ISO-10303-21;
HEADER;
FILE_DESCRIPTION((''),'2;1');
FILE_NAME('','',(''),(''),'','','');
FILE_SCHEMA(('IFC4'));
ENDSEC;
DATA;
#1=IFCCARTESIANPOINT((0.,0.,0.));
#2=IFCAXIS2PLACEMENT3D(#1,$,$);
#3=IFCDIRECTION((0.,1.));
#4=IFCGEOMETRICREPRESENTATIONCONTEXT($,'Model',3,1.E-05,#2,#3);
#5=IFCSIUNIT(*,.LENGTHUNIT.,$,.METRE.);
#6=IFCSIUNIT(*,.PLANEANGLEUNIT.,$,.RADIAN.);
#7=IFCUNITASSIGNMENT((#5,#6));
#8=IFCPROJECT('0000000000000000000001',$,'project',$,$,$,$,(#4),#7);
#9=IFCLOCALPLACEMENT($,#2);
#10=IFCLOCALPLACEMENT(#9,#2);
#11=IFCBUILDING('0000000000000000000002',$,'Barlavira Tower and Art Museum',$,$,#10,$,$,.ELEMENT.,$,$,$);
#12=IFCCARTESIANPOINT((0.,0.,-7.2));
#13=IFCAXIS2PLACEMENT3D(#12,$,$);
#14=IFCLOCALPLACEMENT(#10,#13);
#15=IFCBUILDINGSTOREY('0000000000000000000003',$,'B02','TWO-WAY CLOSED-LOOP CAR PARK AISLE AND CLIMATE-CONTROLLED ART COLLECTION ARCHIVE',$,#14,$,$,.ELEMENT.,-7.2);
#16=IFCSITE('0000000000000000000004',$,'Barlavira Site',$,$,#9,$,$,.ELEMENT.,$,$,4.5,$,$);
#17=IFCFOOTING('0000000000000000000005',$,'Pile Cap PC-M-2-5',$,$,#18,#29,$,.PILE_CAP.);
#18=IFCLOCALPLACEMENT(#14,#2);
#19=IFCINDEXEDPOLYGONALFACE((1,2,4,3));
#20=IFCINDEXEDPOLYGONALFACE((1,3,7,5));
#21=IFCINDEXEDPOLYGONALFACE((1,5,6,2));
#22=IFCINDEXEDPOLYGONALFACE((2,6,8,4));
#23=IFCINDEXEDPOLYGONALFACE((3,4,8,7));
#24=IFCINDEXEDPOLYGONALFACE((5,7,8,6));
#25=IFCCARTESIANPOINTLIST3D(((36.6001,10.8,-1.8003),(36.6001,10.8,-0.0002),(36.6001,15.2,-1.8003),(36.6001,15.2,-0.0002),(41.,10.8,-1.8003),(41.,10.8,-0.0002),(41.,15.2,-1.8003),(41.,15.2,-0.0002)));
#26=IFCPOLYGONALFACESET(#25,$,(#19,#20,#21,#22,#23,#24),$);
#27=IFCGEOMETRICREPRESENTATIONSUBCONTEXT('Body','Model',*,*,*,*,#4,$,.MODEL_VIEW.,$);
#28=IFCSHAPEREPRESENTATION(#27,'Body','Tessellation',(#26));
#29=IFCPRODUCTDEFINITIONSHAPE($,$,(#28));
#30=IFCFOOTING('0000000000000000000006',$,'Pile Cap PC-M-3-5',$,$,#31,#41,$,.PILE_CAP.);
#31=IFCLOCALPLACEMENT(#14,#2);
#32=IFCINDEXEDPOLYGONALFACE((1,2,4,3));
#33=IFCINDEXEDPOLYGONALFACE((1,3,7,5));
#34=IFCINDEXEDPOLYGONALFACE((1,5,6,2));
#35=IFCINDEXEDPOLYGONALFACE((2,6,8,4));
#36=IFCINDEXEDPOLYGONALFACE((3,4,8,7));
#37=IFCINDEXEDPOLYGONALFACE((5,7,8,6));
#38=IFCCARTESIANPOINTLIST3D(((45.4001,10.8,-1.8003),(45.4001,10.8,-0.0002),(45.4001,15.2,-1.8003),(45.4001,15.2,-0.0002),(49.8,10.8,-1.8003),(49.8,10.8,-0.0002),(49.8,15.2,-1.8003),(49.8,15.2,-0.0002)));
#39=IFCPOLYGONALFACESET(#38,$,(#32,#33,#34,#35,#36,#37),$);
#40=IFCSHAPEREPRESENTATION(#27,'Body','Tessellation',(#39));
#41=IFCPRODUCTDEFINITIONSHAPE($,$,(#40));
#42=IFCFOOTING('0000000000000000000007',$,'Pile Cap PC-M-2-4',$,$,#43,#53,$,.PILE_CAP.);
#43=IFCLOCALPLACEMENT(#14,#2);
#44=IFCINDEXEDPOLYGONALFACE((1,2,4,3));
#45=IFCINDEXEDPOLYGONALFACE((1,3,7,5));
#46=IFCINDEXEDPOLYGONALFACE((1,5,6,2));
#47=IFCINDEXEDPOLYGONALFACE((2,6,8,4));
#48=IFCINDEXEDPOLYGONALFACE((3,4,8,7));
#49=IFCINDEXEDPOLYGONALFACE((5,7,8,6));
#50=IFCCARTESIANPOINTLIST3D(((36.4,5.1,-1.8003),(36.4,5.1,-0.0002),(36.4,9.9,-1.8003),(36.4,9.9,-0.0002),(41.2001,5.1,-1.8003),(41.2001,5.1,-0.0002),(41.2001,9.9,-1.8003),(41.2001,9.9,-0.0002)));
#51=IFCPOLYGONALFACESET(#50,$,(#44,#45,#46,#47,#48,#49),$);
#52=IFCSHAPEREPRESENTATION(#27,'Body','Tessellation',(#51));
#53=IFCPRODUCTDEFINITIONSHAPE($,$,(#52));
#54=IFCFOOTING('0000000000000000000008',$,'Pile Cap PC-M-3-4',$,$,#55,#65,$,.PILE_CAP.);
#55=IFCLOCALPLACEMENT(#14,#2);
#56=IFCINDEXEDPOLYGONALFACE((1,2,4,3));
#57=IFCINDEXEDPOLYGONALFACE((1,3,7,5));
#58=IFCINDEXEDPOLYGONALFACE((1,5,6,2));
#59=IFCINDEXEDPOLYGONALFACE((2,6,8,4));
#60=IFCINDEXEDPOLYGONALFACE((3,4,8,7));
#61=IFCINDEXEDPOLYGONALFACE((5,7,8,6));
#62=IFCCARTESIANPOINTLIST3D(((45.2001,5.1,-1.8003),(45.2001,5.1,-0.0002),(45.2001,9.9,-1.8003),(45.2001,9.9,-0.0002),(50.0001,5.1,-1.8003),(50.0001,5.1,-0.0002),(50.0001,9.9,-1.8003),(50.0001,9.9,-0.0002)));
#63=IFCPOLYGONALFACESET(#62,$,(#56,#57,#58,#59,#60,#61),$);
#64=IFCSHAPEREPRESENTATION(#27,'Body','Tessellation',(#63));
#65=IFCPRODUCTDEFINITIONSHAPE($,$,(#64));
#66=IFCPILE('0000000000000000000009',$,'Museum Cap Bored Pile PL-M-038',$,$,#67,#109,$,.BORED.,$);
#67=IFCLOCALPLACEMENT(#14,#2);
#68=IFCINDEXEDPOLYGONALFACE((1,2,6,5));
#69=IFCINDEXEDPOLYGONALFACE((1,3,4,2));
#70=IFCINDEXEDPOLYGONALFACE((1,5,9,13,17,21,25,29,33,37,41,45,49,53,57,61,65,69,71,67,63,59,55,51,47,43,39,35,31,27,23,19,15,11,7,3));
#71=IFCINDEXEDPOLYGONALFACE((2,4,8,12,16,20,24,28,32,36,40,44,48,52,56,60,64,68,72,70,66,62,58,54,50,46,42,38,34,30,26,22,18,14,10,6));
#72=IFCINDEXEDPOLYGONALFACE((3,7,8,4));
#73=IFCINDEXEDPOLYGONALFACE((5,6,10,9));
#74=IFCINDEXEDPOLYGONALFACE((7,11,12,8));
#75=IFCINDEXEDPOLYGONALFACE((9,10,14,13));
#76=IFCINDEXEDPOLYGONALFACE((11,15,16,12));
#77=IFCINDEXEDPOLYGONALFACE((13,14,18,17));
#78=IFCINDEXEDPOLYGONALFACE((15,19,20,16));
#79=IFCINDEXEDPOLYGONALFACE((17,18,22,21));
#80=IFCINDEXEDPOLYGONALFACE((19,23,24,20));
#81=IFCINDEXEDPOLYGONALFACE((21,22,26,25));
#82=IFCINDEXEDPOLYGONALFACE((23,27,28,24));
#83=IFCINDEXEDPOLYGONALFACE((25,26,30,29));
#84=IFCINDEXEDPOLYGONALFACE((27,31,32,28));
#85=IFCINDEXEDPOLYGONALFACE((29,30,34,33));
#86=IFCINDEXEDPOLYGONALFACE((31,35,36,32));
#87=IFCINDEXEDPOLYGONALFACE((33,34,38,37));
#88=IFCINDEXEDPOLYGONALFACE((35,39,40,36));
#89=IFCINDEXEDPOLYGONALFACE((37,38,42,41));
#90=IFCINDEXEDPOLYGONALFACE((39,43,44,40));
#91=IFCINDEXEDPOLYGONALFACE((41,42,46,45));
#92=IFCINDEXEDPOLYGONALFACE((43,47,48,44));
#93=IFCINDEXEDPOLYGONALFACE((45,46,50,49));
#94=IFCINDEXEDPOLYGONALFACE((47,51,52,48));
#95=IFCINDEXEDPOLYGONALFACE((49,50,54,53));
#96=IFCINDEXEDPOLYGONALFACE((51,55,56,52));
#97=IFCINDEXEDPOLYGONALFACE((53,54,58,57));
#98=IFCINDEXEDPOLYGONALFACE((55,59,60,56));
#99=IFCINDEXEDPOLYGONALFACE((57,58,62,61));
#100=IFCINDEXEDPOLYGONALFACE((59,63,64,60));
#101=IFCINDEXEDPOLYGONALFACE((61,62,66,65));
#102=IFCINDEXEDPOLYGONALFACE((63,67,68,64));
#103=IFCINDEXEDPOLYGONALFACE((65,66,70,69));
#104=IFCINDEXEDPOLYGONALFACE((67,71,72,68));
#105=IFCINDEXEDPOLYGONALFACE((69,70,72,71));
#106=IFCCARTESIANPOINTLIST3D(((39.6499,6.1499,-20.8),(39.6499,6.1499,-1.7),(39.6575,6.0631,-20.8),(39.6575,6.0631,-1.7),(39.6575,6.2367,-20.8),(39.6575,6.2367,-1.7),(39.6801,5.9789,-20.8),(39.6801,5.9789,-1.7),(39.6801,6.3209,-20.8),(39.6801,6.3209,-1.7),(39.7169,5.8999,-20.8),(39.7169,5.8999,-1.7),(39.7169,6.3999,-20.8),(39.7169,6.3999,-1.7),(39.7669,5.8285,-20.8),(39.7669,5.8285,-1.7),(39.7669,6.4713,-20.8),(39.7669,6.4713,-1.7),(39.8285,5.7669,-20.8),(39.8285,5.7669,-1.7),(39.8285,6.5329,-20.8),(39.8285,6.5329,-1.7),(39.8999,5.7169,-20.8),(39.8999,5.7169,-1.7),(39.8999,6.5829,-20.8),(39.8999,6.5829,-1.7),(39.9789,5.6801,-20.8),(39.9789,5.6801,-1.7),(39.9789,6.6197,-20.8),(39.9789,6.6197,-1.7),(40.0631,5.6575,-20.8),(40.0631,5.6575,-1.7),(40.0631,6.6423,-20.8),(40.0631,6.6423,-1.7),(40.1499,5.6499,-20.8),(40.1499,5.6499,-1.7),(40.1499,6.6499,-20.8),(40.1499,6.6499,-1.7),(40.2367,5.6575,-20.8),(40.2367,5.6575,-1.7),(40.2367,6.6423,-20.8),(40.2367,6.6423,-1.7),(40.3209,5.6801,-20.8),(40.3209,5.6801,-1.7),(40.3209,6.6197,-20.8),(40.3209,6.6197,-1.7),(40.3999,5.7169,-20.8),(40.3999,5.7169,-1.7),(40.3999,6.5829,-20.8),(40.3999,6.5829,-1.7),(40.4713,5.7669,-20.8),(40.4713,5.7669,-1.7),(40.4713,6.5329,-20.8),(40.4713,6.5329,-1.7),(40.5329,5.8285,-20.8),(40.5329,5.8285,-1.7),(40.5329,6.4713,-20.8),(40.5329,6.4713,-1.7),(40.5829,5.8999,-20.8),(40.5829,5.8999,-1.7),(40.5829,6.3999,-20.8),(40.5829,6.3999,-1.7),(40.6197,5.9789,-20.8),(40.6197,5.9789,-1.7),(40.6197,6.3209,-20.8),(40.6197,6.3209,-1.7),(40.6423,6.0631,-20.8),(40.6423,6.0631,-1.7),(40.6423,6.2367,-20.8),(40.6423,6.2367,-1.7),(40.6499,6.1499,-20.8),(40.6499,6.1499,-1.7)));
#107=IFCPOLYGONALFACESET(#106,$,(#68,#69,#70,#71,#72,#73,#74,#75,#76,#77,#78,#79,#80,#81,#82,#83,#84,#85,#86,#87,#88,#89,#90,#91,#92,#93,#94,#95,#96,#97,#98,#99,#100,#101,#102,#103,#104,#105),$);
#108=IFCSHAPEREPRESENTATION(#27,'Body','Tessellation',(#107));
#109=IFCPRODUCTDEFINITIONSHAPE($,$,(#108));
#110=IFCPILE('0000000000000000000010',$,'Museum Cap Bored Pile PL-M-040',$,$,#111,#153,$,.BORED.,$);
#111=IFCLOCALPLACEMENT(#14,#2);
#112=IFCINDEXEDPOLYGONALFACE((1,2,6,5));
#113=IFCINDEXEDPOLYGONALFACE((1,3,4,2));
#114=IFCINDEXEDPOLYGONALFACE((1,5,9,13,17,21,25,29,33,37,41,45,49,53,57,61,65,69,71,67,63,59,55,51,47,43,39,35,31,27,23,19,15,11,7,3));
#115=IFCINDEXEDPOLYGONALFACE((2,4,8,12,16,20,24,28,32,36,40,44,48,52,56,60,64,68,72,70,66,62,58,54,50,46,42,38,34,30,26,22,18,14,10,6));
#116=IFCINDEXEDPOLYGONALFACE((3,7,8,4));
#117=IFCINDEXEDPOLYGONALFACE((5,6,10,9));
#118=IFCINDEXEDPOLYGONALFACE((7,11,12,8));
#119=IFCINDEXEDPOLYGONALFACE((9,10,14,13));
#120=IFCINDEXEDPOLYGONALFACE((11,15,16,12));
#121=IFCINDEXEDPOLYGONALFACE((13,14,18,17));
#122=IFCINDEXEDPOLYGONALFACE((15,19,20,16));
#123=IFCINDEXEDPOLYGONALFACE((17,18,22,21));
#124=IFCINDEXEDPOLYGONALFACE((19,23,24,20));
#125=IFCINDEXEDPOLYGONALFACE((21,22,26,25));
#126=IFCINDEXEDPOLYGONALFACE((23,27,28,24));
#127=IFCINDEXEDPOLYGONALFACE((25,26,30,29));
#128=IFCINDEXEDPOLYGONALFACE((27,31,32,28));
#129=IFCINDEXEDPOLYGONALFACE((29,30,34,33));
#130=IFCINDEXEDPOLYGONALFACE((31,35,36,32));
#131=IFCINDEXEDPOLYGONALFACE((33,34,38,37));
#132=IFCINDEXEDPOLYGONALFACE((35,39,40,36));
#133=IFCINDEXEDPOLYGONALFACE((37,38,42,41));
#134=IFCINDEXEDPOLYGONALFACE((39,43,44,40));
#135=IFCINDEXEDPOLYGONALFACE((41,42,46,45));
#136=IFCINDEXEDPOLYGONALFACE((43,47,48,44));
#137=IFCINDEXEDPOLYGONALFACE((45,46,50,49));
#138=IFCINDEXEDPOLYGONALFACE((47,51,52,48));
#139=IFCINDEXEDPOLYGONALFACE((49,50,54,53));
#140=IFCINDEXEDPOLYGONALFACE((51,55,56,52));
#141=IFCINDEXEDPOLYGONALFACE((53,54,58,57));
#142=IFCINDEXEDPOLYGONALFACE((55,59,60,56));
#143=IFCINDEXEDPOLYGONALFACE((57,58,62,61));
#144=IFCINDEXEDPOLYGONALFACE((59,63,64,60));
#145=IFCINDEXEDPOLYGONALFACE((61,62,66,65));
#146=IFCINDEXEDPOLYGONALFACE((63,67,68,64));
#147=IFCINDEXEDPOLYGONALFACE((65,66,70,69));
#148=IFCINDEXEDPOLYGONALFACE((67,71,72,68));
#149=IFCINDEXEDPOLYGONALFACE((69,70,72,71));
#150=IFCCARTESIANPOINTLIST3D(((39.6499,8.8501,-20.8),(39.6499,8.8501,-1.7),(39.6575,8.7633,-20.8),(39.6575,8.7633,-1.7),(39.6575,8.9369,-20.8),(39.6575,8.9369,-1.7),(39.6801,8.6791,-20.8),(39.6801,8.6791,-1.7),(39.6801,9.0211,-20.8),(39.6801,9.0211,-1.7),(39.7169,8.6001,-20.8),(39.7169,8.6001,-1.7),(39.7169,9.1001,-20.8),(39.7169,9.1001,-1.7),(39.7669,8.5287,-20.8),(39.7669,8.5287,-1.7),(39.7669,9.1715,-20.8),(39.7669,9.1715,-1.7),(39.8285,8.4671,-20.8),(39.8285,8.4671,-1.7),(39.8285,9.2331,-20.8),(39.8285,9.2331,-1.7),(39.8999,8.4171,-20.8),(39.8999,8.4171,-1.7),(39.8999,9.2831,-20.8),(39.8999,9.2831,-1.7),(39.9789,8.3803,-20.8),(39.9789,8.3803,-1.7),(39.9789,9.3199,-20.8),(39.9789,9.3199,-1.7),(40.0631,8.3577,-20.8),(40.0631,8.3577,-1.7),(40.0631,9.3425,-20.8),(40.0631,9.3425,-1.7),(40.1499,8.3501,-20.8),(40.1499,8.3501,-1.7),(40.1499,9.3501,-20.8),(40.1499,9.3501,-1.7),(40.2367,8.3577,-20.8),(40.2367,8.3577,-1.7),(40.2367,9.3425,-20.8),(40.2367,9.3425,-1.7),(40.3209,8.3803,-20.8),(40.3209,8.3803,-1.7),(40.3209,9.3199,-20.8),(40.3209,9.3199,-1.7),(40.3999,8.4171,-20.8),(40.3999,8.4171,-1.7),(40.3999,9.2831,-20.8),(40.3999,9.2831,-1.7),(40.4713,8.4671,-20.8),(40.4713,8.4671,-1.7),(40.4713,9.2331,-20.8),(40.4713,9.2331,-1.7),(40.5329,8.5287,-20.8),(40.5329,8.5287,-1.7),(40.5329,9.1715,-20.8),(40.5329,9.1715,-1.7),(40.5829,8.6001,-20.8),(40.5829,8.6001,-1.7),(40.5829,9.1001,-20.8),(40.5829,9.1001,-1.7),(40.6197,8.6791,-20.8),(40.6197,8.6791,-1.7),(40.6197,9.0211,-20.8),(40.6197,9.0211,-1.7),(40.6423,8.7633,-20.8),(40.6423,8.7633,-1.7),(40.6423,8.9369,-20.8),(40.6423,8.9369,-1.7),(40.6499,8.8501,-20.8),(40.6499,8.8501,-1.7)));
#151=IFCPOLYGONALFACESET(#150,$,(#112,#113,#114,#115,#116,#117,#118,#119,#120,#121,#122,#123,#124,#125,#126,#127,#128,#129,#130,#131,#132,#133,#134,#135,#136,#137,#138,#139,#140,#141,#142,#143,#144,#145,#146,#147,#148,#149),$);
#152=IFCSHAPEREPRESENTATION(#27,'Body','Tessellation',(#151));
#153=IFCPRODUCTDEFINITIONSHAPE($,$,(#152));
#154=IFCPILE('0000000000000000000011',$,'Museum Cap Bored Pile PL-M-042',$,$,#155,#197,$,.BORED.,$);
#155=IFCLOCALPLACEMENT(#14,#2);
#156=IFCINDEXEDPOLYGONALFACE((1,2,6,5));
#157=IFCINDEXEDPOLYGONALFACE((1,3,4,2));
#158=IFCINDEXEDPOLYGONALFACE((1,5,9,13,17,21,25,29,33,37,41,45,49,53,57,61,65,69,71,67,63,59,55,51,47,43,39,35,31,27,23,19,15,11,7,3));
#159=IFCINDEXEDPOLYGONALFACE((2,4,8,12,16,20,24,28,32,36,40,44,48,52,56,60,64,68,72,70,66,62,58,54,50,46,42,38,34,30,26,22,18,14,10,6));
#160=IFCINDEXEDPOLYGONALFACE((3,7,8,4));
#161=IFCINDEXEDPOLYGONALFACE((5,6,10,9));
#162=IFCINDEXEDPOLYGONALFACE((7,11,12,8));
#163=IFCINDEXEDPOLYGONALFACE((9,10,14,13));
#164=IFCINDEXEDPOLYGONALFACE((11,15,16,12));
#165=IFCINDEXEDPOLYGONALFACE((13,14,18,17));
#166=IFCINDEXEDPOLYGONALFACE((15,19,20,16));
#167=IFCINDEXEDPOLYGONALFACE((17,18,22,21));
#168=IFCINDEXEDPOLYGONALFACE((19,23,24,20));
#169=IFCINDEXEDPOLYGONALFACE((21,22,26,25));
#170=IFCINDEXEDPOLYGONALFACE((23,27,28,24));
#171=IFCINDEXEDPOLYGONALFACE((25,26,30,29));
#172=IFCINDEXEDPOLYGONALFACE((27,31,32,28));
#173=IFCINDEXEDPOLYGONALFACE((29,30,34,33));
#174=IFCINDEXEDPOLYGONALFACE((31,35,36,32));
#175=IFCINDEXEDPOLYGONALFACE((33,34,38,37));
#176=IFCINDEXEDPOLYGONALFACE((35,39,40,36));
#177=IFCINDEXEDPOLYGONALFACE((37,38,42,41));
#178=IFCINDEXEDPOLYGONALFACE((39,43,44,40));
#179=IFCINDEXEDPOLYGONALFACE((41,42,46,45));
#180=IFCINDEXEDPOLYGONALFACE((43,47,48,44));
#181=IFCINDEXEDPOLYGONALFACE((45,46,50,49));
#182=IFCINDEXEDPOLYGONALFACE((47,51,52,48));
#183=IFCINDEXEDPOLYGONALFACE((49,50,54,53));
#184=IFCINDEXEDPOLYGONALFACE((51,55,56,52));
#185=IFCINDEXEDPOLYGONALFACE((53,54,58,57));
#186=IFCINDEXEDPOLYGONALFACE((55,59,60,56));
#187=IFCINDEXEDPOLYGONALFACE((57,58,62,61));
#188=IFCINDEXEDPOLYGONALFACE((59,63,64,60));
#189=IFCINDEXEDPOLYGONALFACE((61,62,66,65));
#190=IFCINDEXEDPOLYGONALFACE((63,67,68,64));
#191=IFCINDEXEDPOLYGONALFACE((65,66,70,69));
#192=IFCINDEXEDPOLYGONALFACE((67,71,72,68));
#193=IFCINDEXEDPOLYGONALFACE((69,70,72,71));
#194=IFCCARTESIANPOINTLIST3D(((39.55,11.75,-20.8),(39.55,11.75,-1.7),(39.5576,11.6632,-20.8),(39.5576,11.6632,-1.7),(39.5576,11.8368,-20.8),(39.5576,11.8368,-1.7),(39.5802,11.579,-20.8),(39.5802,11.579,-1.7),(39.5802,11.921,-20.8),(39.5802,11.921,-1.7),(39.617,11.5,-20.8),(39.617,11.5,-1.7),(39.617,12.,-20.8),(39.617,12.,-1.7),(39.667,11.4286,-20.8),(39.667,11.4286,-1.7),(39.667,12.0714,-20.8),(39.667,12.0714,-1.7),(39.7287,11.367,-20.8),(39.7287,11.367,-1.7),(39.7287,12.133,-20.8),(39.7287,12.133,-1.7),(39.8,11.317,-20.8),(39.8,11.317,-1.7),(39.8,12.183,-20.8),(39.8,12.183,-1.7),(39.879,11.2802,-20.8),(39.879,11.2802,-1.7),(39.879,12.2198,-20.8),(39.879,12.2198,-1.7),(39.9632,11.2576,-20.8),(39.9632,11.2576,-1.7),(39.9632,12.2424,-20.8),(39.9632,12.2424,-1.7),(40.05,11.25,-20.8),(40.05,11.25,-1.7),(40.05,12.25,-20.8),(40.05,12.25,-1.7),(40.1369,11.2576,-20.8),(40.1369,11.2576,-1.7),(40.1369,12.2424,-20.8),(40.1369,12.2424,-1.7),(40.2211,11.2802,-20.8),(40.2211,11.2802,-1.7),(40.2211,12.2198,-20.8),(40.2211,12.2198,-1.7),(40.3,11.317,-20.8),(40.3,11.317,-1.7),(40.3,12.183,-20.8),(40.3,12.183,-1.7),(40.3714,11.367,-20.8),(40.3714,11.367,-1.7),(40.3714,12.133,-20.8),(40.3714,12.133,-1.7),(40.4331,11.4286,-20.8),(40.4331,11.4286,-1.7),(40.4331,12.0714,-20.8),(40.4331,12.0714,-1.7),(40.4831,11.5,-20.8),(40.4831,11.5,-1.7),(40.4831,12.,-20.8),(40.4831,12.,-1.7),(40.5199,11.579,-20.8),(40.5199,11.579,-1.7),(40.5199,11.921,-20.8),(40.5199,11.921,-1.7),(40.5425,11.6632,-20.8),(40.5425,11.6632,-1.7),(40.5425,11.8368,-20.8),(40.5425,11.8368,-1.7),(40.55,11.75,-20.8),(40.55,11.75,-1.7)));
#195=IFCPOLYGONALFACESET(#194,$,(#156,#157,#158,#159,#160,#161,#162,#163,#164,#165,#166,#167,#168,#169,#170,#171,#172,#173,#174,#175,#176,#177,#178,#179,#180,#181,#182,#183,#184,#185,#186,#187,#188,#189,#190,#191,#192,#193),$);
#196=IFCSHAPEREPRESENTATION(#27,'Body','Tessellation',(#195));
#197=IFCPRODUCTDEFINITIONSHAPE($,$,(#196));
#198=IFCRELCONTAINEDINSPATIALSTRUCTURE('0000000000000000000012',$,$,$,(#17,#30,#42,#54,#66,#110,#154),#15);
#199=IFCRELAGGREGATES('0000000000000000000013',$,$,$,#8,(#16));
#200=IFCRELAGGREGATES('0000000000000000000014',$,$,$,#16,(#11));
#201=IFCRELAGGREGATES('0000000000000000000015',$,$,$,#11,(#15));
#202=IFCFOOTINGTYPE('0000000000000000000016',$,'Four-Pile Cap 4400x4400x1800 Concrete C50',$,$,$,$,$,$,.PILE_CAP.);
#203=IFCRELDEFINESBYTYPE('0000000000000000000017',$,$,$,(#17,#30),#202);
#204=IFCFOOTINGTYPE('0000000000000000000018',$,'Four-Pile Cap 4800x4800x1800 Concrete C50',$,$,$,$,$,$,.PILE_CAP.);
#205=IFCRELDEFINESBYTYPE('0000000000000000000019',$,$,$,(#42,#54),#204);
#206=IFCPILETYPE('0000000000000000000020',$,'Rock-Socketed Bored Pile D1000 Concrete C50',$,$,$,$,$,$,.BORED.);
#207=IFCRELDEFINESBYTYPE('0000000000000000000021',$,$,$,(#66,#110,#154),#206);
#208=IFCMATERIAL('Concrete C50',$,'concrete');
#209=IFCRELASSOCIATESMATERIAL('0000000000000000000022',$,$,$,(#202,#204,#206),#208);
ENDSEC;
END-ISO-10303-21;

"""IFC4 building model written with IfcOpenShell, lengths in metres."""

from ifc_helpers import new_model, si_unit, direction, frame, origin, origin_2d, place, context, subcontext, project, spatial, rectangle, circle, extrude, material, material_profile, profile_set, type_object, element, save


model = new_model("IFC4")

# Units and contexts
model_context = context("Model", 3, precision=1e-05, world=origin(), true_north=direction((0.0, 1.0)))
body_context = subcontext(model_context, "Body", "Model", "MODEL_VIEW")
ifc_project = project(units=[si_unit("LENGTHUNIT", "METRE"), si_unit("PLANEANGLEUNIT", "RADIAN")], contexts=[model_context])

# Site, building, storey
site_placement = place(None, origin())
site = spatial("IfcSite", under=ifc_project, at=site_placement, Name="Barlavira Site", CompositionType="ELEMENT", RefElevation=4.5)
building_placement = place(site_placement, origin())
building = spatial("IfcBuilding", under=site, at=building_placement, Name="Barlavira Tower and Art Museum", CompositionType="ELEMENT")
storey_placement = place(building_placement, frame((0.0, 0.0, -7.2)))
storey = spatial("IfcBuildingStorey", under=building, at=storey_placement, Name="B02", Description="TWO-WAY CLOSED-LOOP CAR PARK AISLE AND CLIMATE-CONTROLLED ART COLLECTION ARCHIVE", CompositionType="ELEMENT", Elevation=-7.2)

# Footings
ifc_material = material(Name="Concrete C50", Category="concrete")
footing_type_1 = type_object("IfcFootingType", Name="Four-Pile Cap 4400x4400x1800 Concrete C50", PredefinedType="PILE_CAP", material=ifc_material)
for number, where, z_axis, x_axis, name in (
    (1, (38.8, 13.0, -1.8003), (0.0, 0.0, 1.0), (1.0, 0.0, 0.0), "Pile Cap PC-M-2-5"),
    (2, (47.6001, 13.0, -1.8003), (0.0, 0.0, 1.0), (1.0, 0.0, 0.0), "Pile Cap PC-M-3-5"),
):
    element("IfcFooting", number, at=place(storey_placement, frame(where, z_axis=z_axis, x_axis=x_axis)), inside=storey, type_object=footing_type_1, Name=name, PredefinedType="PILE_CAP", context=body_context, shape_type="SweptSolid", body=[
        extrude(rectangle(XDim=4.3999, YDim=4.3999, at=origin_2d()), origin(), (0.0, 0.0, 1.0), 1.8),
    ])
footing_type_2 = type_object("IfcFootingType", Name="Four-Pile Cap 4800x4800x1800 Concrete C50", PredefinedType="PILE_CAP", material=ifc_material)
for number, where, z_axis, x_axis, name in (
    (3, (38.8, 7.5, -1.8003), (0.0, 0.0, 1.0), (1.0, 0.0, 0.0), "Pile Cap PC-M-2-4"),
    (4, (47.6001, 7.5, -1.8003), (0.0, 0.0, 1.0), (1.0, 0.0, 0.0), "Pile Cap PC-M-3-4"),
):
    element("IfcFooting", number, at=place(storey_placement, frame(where, z_axis=z_axis, x_axis=x_axis)), inside=storey, type_object=footing_type_2, Name=name, PredefinedType="PILE_CAP", context=body_context, shape_type="SweptSolid", body=[
        extrude(rectangle(XDim=4.8, YDim=4.8, at=origin_2d()), origin(), (0.0, 0.0, 1.0), 1.8),
    ])

# Piles
ifc_material_profile_1 = material_profile(ifc_material, circle(Radius=0.5, at=origin_2d()), Name="BORED PILE D1000")
ifc_profile_set_1 = profile_set([ifc_material_profile_1], Name="Concrete C50")
pile_type = type_object("IfcPileType", Name="Rock-Socketed Bored Pile D1000 Concrete C50", PredefinedType="BORED", material=ifc_profile_set_1)
for number, where, z_axis, x_axis, name in (
    (5, (40.1499, 6.1499, -1.7), (0.0, 0.0, -1.0), (1.0, 0.0, 0.0), "Museum Cap Bored Pile PL-M-038"),
    (6, (40.1499, 8.8501, -1.7), (0.0, 0.0, -1.0), (1.0, 0.0, 0.0), "Museum Cap Bored Pile PL-M-040"),
    (7, (40.05, 11.75, -1.7), (0.0, 0.0, -1.0), (1.0, 0.0, 0.0), "Museum Cap Bored Pile PL-M-042"),
):
    element("IfcPile", number, at=place(storey_placement, frame(where, z_axis=z_axis, x_axis=x_axis)), inside=storey, type_object=pile_type, Name=name, PredefinedType="BORED", context=body_context, shape_type="SweptSolid", body=[
        extrude(circle(Radius=0.5, at=origin_2d()), origin(), (0.0, 0.0, 1.0), 19.1001),
    ])

save(model, "model.ifc")
